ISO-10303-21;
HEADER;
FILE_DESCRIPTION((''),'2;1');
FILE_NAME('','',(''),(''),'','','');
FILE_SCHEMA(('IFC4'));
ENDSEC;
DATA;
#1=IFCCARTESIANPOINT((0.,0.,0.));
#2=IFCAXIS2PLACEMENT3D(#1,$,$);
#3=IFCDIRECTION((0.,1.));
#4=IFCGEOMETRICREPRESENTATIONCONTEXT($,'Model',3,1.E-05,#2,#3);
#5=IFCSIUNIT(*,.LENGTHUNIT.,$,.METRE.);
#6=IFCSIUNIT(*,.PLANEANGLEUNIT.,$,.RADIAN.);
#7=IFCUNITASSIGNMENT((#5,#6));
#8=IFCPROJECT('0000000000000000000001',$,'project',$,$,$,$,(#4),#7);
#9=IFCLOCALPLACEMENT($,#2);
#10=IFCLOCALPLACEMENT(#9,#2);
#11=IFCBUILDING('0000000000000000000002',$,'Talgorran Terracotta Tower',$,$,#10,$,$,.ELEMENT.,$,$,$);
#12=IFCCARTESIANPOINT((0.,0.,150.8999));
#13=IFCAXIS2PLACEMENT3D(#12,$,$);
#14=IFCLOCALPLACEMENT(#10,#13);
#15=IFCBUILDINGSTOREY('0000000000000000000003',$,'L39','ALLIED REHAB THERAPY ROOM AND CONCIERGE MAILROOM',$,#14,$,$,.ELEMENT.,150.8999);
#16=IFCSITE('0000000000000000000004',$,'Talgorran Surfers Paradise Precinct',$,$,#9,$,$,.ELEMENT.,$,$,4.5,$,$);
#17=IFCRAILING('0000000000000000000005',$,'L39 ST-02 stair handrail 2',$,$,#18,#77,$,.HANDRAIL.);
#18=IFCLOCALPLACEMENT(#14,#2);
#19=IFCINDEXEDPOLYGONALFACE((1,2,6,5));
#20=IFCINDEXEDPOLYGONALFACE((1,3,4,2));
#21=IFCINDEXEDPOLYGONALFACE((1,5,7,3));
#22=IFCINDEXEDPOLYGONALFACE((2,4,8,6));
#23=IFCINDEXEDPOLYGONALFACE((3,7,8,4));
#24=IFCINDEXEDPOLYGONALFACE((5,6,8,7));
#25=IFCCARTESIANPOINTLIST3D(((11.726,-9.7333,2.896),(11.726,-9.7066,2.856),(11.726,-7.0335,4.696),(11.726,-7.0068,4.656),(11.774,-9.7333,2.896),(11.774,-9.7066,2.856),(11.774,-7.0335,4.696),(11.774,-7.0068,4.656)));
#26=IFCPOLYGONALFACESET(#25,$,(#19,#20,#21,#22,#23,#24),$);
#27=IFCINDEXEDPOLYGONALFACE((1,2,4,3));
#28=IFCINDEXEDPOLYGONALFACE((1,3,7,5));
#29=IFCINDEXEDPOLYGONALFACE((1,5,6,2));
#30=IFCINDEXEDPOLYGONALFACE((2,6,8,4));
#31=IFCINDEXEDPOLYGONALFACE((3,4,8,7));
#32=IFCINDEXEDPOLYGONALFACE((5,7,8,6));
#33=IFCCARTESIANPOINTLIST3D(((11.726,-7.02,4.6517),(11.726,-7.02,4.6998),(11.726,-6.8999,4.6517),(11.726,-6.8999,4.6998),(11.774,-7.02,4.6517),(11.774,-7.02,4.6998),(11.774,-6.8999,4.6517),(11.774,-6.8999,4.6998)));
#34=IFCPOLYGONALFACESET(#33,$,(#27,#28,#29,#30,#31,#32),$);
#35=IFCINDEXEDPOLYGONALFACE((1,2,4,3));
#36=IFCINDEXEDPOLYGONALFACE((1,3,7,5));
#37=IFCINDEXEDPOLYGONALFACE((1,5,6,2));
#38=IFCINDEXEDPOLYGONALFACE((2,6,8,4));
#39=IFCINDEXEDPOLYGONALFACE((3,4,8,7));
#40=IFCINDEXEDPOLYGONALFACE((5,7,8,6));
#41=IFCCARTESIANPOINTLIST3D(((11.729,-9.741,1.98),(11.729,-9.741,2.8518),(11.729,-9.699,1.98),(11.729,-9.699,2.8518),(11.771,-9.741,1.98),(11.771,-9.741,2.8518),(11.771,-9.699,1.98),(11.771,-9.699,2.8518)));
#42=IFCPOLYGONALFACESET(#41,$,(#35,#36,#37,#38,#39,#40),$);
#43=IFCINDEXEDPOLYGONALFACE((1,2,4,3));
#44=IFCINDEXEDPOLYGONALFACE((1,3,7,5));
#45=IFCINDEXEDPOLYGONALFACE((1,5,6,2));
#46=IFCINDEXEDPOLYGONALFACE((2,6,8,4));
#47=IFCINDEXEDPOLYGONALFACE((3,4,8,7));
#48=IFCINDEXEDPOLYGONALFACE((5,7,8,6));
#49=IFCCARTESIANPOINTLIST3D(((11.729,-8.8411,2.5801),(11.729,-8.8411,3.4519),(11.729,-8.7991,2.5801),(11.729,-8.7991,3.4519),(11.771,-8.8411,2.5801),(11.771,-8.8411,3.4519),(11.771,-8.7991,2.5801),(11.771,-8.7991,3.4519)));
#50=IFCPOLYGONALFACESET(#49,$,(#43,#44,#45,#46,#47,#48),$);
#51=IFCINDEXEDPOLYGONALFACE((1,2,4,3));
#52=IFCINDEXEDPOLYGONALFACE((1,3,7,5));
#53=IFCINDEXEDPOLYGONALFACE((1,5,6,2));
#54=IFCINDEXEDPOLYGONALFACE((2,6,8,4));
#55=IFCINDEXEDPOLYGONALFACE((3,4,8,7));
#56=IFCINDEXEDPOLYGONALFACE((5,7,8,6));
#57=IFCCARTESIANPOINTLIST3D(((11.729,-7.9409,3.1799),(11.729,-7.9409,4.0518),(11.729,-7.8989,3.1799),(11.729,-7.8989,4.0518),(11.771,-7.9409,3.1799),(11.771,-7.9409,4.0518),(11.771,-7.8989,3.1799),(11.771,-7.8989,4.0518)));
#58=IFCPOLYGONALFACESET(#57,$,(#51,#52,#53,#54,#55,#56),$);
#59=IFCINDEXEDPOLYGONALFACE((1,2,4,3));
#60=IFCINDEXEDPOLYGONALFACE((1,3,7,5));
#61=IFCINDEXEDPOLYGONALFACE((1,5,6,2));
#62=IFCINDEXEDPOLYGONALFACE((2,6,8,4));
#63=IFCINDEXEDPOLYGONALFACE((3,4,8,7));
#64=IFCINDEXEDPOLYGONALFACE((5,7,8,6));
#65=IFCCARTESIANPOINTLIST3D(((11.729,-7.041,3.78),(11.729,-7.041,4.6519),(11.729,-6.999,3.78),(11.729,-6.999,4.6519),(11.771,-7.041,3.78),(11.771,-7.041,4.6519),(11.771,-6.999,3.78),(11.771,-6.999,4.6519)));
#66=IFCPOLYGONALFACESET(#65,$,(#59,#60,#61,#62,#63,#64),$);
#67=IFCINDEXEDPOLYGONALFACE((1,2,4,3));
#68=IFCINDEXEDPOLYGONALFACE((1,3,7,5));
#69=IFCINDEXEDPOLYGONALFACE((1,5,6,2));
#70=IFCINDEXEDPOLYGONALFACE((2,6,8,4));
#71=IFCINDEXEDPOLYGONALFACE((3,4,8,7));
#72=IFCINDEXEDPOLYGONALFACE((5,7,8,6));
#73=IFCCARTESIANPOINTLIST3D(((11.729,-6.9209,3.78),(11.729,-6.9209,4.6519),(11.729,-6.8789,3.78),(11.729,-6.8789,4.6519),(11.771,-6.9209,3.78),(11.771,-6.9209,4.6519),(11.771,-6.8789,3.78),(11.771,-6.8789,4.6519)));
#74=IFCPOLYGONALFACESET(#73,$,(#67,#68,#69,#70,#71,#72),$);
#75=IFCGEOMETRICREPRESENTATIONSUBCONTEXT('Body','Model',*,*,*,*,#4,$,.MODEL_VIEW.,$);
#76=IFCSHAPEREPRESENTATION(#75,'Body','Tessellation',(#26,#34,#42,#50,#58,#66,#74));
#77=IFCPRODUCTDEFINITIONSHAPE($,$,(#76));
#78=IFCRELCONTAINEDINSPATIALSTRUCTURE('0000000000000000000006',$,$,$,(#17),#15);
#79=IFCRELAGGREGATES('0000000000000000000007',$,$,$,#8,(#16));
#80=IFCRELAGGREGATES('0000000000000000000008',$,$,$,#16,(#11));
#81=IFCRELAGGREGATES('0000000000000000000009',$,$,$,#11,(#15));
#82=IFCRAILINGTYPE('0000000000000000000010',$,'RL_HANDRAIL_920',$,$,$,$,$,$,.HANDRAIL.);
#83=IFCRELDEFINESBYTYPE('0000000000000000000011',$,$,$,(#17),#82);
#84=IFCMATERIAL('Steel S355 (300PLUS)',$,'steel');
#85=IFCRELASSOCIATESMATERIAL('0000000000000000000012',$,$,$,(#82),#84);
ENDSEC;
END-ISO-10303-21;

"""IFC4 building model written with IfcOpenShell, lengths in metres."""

from ifc_helpers import new_model, si_unit, direction, frame, origin, origin_2d, place, context, subcontext, project, spatial, rectangle, extrude, material, type_object, element, save


model = new_model("IFC4")

# Units and contexts
model_context = context("Model", 3, precision=1e-05, world=origin(), true_north=direction((0.0, 1.0)))
body_context = subcontext(model_context, "Body", "Model", "MODEL_VIEW")
ifc_project = project(units=[si_unit("LENGTHUNIT", "METRE"), si_unit("PLANEANGLEUNIT", "RADIAN")], contexts=[model_context])

# Site, building, storey
site_placement = place(None, origin())
site = spatial("IfcSite", under=ifc_project, at=site_placement, Name="Talgorran Surfers Paradise Precinct", CompositionType="ELEMENT", RefElevation=4.5)
building_placement = place(site_placement, origin())
building = spatial("IfcBuilding", under=site, at=building_placement, Name="Talgorran Terracotta Tower", CompositionType="ELEMENT")
storey_placement = place(building_placement, frame((0.0, 0.0, 150.8999)))
storey = spatial("IfcBuildingStorey", under=building, at=storey_placement, Name="L39", Description="ALLIED REHAB THERAPY ROOM AND CONCIERGE MAILROOM", CompositionType="ELEMENT", Elevation=150.8999)

# Shared definitions
ifc_material_1 = material(Name="Steel S355 (300PLUS)", Category="steel")

# Railing
railing_type = type_object("IfcRailingType", Name="RL_HANDRAIL_920", PredefinedType="HANDRAIL", material=ifc_material_1)
railing_placement = place(storey_placement, frame((11.75, -9.72, 1.98)))
element("IfcRailing", 1, at=railing_placement, inside=storey, type_object=railing_type, Name="L39 ST-02 stair handrail 2", PredefinedType="HANDRAIL", context=body_context, shape_type="SweptSolid", body=[
    extrude(rectangle(XDim=0.0481, YDim=0.0481, at=origin_2d()), frame((0.0, 0.0, 0.896), z_axis=(0.0, 0.832039, 0.554718), x_axis=(-1.0, 0.0, 0.0)), (0.0, 0.0, 1.0), 3.2449),
    extrude(rectangle(XDim=0.0481, YDim=0.0481, at=origin_2d()), frame((0.0, 2.7, 2.6958), z_axis=(0.0, 1.0, 0.0), x_axis=(-1.0, 0.0, 0.0)), (0.0, 0.0, 1.0), 0.1201),
    extrude(rectangle(XDim=0.042, YDim=0.042, at=origin_2d()), origin(), (0.0, 0.0, 1.0), 0.8718),
    extrude(rectangle(XDim=0.042, YDim=0.042, at=origin_2d()), frame((0.0, 0.8999, 0.6001)), (0.0, 0.0, 1.0), 0.8718),
    extrude(rectangle(XDim=0.042, YDim=0.042, at=origin_2d()), frame((0.0, 1.8, 1.2)), (0.0, 0.0, 1.0), 0.8718),
    extrude(rectangle(XDim=0.042, YDim=0.042, at=origin_2d()), frame((0.0, 2.7, 1.8)), (0.0, 0.0, 1.0), 0.8718),
    extrude(rectangle(XDim=0.042, YDim=0.042, at=origin_2d()), frame((0.0, 2.8201, 1.8)), (0.0, 0.0, 1.0), 0.8718),
])

save(model, "model.ifc")
